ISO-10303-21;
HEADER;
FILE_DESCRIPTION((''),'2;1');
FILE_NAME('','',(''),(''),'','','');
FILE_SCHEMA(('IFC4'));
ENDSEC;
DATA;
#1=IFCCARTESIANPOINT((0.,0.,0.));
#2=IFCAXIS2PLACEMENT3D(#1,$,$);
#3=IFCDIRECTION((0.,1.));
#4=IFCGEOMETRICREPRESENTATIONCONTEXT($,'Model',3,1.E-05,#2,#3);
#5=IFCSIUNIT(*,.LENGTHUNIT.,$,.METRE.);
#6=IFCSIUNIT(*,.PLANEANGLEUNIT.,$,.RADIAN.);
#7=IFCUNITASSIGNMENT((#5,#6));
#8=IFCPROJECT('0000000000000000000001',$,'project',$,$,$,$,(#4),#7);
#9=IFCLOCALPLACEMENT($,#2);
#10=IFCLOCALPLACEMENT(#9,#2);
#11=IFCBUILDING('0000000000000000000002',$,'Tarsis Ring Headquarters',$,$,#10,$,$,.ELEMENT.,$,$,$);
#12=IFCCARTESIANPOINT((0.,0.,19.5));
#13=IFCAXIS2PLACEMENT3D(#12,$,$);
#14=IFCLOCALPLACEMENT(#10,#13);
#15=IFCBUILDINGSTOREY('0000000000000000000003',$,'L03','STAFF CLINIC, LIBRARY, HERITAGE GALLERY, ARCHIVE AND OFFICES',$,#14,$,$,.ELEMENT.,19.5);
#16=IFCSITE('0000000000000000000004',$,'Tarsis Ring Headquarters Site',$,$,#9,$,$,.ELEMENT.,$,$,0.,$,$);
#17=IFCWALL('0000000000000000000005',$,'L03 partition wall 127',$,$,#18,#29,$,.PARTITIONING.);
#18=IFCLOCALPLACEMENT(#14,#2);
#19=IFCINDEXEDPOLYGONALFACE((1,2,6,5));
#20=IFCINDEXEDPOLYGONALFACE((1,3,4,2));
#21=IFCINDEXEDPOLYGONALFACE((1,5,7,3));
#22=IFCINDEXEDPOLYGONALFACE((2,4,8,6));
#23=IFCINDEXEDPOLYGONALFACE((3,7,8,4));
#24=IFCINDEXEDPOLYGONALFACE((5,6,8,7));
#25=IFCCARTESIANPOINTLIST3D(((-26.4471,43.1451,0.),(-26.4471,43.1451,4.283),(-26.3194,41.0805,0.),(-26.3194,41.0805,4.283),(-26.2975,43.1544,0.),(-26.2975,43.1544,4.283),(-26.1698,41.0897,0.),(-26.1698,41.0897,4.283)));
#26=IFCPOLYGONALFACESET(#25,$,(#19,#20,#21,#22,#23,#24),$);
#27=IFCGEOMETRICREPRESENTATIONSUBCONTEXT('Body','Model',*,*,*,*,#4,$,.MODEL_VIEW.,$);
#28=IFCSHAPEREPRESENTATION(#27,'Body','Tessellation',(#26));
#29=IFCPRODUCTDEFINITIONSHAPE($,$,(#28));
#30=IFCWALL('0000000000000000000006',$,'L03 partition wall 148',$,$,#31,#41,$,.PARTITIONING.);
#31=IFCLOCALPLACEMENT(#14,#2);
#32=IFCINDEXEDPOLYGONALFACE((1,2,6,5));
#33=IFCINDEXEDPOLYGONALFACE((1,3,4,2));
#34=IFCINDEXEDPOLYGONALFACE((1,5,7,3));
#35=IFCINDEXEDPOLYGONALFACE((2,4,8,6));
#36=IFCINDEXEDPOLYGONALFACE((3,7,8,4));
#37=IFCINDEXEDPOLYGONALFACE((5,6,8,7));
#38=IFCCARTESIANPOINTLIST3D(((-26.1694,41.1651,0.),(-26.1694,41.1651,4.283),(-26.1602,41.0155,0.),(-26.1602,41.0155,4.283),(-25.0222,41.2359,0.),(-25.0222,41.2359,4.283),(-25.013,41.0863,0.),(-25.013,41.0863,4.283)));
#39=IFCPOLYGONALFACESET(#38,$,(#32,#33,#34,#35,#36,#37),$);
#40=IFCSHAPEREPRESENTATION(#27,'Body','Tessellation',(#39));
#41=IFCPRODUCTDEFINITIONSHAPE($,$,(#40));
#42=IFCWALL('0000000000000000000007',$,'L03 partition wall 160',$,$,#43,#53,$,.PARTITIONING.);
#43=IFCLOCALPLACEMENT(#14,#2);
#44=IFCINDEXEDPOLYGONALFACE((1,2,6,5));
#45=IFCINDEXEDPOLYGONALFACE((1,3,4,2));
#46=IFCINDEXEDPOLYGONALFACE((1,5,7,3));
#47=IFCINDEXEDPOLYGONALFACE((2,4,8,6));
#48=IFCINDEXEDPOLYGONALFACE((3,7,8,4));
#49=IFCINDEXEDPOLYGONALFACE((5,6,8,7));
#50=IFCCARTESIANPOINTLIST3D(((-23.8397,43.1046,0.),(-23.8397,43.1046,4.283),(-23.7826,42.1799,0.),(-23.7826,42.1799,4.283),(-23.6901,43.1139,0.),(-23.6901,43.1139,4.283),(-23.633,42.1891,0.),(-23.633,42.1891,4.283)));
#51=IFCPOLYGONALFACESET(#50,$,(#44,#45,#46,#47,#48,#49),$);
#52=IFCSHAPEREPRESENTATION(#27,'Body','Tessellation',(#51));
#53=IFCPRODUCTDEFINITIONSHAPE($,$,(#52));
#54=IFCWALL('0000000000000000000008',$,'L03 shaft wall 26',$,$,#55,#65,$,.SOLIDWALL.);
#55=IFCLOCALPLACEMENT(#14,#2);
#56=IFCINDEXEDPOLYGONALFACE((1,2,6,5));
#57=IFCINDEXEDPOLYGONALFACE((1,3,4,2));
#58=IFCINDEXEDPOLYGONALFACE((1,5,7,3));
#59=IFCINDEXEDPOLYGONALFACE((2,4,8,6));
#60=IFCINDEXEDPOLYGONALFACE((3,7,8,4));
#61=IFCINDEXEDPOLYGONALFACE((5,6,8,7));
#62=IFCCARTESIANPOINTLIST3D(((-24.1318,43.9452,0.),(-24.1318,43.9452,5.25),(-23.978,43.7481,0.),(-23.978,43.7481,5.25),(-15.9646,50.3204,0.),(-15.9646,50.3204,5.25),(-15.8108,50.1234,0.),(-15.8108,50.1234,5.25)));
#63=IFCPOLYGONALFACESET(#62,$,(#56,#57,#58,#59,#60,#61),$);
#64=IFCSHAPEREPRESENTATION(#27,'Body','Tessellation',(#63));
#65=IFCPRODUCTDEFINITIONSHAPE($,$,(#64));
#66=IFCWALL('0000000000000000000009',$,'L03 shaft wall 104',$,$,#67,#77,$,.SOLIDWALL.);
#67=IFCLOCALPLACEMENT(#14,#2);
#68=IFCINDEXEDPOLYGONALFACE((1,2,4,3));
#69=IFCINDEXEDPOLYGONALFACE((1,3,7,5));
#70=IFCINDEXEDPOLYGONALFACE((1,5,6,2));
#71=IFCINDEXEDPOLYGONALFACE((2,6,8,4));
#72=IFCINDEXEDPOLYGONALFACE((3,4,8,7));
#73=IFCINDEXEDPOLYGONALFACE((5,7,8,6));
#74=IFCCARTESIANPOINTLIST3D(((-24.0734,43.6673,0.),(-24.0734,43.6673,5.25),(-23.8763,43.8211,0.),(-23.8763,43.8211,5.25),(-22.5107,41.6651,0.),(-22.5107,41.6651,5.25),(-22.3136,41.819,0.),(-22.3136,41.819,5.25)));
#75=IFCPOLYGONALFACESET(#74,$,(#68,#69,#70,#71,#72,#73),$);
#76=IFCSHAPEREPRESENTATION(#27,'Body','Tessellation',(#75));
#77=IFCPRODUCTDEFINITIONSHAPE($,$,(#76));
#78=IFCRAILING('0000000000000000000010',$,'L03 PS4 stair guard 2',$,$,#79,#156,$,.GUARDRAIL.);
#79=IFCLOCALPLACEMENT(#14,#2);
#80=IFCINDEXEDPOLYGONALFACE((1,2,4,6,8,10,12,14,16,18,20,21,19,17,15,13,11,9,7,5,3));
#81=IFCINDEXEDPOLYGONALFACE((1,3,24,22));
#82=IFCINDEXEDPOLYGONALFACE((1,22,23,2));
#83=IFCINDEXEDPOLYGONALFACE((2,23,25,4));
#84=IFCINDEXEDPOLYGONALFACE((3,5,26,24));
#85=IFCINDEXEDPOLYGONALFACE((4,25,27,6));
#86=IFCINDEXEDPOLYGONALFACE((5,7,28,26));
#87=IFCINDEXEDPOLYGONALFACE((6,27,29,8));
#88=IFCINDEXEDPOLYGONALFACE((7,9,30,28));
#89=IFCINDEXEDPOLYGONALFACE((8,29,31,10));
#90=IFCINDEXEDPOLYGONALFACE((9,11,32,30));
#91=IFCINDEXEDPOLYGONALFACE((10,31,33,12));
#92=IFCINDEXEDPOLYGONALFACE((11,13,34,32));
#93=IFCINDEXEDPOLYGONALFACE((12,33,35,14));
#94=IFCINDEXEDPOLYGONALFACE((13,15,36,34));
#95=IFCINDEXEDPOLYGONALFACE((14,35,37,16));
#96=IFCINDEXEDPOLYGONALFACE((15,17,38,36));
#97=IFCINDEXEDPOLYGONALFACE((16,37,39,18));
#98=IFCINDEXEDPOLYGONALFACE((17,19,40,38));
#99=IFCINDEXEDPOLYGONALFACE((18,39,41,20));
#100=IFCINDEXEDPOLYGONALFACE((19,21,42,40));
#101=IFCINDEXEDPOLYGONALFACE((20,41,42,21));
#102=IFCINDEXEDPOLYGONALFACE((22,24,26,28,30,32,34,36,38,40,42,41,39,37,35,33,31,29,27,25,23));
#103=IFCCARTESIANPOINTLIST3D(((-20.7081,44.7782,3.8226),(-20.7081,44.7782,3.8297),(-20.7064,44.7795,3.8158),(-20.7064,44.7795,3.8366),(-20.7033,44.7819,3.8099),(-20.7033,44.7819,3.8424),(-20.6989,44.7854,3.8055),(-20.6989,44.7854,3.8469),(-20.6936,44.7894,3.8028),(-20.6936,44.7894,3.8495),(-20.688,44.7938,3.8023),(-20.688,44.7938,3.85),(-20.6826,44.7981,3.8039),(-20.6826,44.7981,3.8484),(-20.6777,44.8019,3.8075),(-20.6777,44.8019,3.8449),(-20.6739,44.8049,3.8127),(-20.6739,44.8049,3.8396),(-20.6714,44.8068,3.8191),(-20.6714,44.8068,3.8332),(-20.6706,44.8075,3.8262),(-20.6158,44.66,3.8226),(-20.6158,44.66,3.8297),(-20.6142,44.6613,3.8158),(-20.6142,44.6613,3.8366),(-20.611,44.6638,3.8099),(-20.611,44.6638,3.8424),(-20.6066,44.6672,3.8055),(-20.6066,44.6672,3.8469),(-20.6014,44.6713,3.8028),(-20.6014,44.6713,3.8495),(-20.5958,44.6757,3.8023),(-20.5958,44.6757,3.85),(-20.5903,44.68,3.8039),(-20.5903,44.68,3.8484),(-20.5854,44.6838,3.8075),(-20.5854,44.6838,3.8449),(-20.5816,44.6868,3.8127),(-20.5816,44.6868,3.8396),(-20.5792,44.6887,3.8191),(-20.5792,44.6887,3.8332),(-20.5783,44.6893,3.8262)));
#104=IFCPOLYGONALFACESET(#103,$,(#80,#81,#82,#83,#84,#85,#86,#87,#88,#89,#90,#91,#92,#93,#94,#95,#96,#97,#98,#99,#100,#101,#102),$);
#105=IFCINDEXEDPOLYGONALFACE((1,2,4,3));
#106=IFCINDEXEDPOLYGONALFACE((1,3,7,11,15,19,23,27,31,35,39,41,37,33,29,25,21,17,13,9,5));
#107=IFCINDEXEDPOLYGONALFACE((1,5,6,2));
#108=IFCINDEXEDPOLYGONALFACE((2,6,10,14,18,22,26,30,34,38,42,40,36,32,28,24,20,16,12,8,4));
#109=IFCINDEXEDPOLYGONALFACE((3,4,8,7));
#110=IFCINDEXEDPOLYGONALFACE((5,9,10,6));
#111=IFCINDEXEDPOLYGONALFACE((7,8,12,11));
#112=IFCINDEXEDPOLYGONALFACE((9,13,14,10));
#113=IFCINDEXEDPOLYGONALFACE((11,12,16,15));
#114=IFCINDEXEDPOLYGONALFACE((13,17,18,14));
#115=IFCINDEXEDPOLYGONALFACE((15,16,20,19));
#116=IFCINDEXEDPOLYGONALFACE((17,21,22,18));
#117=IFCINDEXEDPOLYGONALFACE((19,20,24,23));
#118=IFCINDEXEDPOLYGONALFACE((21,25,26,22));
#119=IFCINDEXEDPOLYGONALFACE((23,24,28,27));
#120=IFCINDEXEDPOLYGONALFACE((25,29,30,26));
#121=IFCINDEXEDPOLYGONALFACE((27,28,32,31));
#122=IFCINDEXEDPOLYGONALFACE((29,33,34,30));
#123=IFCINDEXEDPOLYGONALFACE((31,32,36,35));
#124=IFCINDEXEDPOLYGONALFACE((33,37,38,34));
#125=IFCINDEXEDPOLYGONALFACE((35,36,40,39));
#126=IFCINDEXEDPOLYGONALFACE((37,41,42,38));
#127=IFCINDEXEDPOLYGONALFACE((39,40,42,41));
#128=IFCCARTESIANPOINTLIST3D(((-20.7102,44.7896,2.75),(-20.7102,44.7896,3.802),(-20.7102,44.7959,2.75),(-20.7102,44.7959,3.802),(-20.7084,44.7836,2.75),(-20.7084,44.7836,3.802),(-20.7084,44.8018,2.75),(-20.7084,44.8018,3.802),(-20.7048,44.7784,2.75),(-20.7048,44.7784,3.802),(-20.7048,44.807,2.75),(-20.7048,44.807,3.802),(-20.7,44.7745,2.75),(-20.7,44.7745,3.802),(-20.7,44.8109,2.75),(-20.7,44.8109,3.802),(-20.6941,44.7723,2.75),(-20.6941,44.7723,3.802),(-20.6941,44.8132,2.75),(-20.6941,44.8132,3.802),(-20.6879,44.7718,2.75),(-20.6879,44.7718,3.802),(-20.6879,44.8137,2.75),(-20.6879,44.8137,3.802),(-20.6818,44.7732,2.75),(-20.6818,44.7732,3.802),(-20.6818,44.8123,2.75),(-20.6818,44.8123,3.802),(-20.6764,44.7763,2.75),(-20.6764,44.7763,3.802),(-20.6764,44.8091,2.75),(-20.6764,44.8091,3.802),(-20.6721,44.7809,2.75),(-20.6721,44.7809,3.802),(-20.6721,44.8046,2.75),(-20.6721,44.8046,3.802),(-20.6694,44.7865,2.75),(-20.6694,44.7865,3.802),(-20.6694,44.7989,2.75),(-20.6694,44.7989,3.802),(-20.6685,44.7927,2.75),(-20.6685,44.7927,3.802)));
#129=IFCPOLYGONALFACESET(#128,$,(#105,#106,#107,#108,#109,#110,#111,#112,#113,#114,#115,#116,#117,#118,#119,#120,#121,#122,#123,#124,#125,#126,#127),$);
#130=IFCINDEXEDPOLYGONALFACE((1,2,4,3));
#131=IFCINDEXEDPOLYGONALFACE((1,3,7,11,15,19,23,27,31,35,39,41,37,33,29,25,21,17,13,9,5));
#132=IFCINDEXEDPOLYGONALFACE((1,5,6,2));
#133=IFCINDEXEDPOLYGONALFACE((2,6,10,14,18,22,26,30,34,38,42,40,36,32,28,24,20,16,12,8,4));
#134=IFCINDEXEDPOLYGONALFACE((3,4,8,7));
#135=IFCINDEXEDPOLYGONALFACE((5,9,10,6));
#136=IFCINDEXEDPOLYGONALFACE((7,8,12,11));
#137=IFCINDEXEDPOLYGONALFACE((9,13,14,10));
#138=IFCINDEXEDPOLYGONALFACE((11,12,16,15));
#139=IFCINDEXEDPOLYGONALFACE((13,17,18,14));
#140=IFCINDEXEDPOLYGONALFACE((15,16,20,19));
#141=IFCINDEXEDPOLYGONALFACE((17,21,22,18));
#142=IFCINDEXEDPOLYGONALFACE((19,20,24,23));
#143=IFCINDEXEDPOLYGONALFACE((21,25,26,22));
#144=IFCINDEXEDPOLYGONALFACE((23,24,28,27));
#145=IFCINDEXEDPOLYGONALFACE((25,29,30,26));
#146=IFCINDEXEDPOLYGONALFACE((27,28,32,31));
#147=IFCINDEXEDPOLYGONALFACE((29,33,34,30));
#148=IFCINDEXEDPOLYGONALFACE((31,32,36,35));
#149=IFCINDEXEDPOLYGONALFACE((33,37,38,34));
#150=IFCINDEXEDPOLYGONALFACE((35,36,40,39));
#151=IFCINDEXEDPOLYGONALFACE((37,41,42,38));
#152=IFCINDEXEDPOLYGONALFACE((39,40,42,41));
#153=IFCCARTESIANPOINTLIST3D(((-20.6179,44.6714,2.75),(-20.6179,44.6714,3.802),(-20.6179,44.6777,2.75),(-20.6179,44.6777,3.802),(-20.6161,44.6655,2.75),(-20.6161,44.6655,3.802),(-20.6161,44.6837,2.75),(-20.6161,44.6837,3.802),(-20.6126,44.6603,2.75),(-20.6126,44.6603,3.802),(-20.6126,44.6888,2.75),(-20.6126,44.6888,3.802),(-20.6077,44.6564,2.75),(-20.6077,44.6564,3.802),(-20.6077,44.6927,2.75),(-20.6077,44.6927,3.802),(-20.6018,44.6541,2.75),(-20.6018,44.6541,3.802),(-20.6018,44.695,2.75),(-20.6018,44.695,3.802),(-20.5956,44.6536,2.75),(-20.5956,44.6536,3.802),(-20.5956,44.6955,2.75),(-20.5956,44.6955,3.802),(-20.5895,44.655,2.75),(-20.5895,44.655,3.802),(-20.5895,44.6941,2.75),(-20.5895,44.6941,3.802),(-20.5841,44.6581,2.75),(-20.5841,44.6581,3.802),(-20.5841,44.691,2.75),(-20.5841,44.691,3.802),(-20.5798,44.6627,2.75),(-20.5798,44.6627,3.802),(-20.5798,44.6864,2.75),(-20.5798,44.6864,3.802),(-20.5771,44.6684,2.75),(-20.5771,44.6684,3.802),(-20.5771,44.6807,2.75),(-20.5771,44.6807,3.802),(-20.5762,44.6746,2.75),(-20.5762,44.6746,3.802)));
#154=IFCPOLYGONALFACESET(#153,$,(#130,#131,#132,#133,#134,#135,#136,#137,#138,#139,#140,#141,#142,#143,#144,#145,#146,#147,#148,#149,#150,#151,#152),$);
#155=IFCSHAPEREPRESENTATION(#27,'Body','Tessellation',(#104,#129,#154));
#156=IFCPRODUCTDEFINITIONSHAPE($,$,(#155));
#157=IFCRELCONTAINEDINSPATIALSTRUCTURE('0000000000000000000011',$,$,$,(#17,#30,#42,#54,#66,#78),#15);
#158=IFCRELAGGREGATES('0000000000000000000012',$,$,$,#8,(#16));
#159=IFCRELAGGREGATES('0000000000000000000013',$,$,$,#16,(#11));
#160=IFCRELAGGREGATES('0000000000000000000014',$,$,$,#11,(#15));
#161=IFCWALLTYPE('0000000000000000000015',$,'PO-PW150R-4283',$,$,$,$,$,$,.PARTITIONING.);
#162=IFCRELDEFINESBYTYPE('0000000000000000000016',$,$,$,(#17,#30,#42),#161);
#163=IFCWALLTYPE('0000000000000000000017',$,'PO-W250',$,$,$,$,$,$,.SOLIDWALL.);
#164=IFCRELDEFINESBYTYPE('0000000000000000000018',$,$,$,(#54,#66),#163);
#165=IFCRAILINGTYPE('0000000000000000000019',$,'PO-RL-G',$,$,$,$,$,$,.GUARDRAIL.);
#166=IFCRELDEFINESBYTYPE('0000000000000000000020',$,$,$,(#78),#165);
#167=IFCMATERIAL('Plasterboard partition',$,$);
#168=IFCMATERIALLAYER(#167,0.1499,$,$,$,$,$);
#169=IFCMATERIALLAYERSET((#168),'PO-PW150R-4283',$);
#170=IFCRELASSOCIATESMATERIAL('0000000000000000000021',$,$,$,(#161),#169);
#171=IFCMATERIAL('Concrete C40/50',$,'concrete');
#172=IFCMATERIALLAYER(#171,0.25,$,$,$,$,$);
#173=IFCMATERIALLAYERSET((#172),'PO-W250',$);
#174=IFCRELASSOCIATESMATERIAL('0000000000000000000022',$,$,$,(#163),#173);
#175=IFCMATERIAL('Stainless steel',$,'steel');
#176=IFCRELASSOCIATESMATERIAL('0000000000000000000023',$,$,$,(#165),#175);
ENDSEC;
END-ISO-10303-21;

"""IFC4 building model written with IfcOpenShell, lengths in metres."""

from ifc_helpers import new_model, si_unit, direction, frame, frame_2d, origin, origin_2d, place, context, subcontext, project, spatial, rectangle, circle, extrude, material, layer, layer_set, type_object, element, save


model = new_model("IFC4")

# Units and contexts
model_context = context("Model", 3, precision=1e-05, world=origin(), true_north=direction((0.0, 1.0)))
body_context = subcontext(model_context, "Body", "Model", "MODEL_VIEW")
ifc_project = project(units=[si_unit("LENGTHUNIT", "METRE"), si_unit("PLANEANGLEUNIT", "RADIAN")], contexts=[model_context])

# Site, building, storey
site_placement = place(None, origin())
site = spatial("IfcSite", under=ifc_project, at=site_placement, Name="Tarsis Ring Headquarters Site", CompositionType="ELEMENT", RefElevation=0.0)
building_placement = place(site_placement, origin())
building = spatial("IfcBuilding", under=site, at=building_placement, Name="Tarsis Ring Headquarters", CompositionType="ELEMENT")
storey_placement = place(building_placement, frame((0.0, 0.0, 19.5)))
storey = spatial("IfcBuildingStorey", under=building, at=storey_placement, Name="L03", Description="STAFF CLINIC, LIBRARY, HERITAGE GALLERY, ARCHIVE AND OFFICES", CompositionType="ELEMENT", Elevation=19.5)

# Shared definitions
ifc_material_1 = material(Name="Concrete C40/50", Category="concrete")

# Walls
ifc_material_2 = material(Name="Plasterboard partition")
ifc_layer_1 = layer(ifc_material_2, 0.1499)
ifc_layer_set_1 = layer_set([ifc_layer_1], Name="PO-PW150R-4283")
wall_type_1 = type_object("IfcWallType", Name="PO-PW150R-4283", PredefinedType="PARTITIONING", material=ifc_layer_set_1)
wall_1_placement = place(storey_placement, frame((-26.2446, 41.0852, 0.0), z_axis=(0.0, 0.0, 1.0), x_axis=(-0.061724, 0.998093, 0.0)))
element("IfcWall", 1, at=wall_1_placement, inside=storey, type_object=wall_type_1, Name="L03 partition wall 127", PredefinedType="PARTITIONING", context=body_context, shape_type="SweptSolid", body=[
    extrude(rectangle(XDim=2.0686, YDim=0.1499, at=frame_2d((1.0342, 0.0))), origin(), (0.0, 0.0, 1.0), 4.283),
])
wall_2_placement = place(storey_placement, frame((-25.0176, 41.1611, 0.0), z_axis=(0.0, 0.0, 1.0), x_axis=(-0.998101, -0.061598, 0.0)))
element("IfcWall", 2, at=wall_2_placement, inside=storey, type_object=wall_type_1, Name="L03 partition wall 148", PredefinedType="PARTITIONING", context=body_context, shape_type="SweptSolid", body=[
    extrude(rectangle(XDim=1.1494, YDim=0.1499, at=frame_2d((0.5747, 0.0))), origin(), (0.0, 0.0, 1.0), 4.283),
])
wall_3_placement = place(storey_placement, frame((-23.7649, 43.1094, 0.0), z_axis=(0.0, 0.0, 1.0), x_axis=(0.061656, -0.998097, 0.0)))
element("IfcWall", 3, at=wall_3_placement, inside=storey, type_object=wall_type_1, Name="L03 partition wall 160", PredefinedType="PARTITIONING", context=body_context, shape_type="SweptSolid", body=[
    extrude(rectangle(XDim=0.9265, YDim=0.1499, at=frame_2d((0.4634, 0.0))), origin(), (0.0, 0.0, 1.0), 4.283),
])
ifc_layer_2 = layer(ifc_material_1, 0.25)
ifc_layer_set_2 = layer_set([ifc_layer_2], Name="PO-W250")
wall_type_2 = type_object("IfcWallType", Name="PO-W250", PredefinedType="SOLIDWALL", material=ifc_layer_set_2)
wall_4_placement = place(storey_placement, frame((-24.0549, 43.8467, 0.0), z_axis=(0.0, 0.0, 1.0), x_axis=(0.788278, 0.61532, 0.0)))
element("IfcWall", 4, at=wall_4_placement, inside=storey, type_object=wall_type_2, Name="L03 shaft wall 26", PredefinedType="SOLIDWALL", context=body_context, shape_type="SweptSolid", body=[
    extrude(rectangle(XDim=10.3608, YDim=0.25, at=frame_2d((5.1804, 0.0))), origin(), (0.0, 0.0, 1.0), 5.25),
])
wall_5_placement = place(storey_placement, frame((-22.4121, 41.7419, 0.0), z_axis=(0.0, 0.0, 1.0), x_axis=(-0.615284, 0.788306, 0.0)))
element("IfcWall", 5, at=wall_5_placement, inside=storey, type_object=wall_type_2, Name="L03 shaft wall 104", PredefinedType="SOLIDWALL", context=body_context, shape_type="SweptSolid", body=[
    extrude(rectangle(XDim=2.5398, YDim=0.25, at=frame_2d((1.27, 0.0))), origin(), (0.0, 0.0, 1.0), 5.25),
])

# Railing
ifc_material_3 = material(Name="Stainless steel", Category="steel")
railing_type_1 = type_object("IfcRailingType", Name="PO-RL-G", PredefinedType="GUARDRAIL", material=ifc_material_3)
railing_1_placement = place(storey_placement, frame((-20.6895, 44.7927, 2.75)))
element("IfcRailing", 6, at=railing_1_placement, inside=storey, type_object=railing_type_1, Name="L03 PS4 stair guard 2", PredefinedType="GUARDRAIL", context=body_context, shape_type="SweptSolid", body=[
    extrude(circle(Radius=0.0239, at=origin_2d()), frame((0.0, 0.0, 1.0762), z_axis=(0.615518, -0.788123, 0.0), x_axis=(0.788123, 0.615518, 0.0)), (0.0, 0.0, 1.0), 0.1499),
    extrude(circle(Radius=0.021, at=origin_2d()), origin(), (0.0, 0.0, 1.0), 1.052),
    extrude(circle(Radius=0.021, at=origin_2d()), frame((0.0923, -0.1182, 0.0)), (0.0, 0.0, 1.0), 1.052),
])

save(model, "model.ifc")
